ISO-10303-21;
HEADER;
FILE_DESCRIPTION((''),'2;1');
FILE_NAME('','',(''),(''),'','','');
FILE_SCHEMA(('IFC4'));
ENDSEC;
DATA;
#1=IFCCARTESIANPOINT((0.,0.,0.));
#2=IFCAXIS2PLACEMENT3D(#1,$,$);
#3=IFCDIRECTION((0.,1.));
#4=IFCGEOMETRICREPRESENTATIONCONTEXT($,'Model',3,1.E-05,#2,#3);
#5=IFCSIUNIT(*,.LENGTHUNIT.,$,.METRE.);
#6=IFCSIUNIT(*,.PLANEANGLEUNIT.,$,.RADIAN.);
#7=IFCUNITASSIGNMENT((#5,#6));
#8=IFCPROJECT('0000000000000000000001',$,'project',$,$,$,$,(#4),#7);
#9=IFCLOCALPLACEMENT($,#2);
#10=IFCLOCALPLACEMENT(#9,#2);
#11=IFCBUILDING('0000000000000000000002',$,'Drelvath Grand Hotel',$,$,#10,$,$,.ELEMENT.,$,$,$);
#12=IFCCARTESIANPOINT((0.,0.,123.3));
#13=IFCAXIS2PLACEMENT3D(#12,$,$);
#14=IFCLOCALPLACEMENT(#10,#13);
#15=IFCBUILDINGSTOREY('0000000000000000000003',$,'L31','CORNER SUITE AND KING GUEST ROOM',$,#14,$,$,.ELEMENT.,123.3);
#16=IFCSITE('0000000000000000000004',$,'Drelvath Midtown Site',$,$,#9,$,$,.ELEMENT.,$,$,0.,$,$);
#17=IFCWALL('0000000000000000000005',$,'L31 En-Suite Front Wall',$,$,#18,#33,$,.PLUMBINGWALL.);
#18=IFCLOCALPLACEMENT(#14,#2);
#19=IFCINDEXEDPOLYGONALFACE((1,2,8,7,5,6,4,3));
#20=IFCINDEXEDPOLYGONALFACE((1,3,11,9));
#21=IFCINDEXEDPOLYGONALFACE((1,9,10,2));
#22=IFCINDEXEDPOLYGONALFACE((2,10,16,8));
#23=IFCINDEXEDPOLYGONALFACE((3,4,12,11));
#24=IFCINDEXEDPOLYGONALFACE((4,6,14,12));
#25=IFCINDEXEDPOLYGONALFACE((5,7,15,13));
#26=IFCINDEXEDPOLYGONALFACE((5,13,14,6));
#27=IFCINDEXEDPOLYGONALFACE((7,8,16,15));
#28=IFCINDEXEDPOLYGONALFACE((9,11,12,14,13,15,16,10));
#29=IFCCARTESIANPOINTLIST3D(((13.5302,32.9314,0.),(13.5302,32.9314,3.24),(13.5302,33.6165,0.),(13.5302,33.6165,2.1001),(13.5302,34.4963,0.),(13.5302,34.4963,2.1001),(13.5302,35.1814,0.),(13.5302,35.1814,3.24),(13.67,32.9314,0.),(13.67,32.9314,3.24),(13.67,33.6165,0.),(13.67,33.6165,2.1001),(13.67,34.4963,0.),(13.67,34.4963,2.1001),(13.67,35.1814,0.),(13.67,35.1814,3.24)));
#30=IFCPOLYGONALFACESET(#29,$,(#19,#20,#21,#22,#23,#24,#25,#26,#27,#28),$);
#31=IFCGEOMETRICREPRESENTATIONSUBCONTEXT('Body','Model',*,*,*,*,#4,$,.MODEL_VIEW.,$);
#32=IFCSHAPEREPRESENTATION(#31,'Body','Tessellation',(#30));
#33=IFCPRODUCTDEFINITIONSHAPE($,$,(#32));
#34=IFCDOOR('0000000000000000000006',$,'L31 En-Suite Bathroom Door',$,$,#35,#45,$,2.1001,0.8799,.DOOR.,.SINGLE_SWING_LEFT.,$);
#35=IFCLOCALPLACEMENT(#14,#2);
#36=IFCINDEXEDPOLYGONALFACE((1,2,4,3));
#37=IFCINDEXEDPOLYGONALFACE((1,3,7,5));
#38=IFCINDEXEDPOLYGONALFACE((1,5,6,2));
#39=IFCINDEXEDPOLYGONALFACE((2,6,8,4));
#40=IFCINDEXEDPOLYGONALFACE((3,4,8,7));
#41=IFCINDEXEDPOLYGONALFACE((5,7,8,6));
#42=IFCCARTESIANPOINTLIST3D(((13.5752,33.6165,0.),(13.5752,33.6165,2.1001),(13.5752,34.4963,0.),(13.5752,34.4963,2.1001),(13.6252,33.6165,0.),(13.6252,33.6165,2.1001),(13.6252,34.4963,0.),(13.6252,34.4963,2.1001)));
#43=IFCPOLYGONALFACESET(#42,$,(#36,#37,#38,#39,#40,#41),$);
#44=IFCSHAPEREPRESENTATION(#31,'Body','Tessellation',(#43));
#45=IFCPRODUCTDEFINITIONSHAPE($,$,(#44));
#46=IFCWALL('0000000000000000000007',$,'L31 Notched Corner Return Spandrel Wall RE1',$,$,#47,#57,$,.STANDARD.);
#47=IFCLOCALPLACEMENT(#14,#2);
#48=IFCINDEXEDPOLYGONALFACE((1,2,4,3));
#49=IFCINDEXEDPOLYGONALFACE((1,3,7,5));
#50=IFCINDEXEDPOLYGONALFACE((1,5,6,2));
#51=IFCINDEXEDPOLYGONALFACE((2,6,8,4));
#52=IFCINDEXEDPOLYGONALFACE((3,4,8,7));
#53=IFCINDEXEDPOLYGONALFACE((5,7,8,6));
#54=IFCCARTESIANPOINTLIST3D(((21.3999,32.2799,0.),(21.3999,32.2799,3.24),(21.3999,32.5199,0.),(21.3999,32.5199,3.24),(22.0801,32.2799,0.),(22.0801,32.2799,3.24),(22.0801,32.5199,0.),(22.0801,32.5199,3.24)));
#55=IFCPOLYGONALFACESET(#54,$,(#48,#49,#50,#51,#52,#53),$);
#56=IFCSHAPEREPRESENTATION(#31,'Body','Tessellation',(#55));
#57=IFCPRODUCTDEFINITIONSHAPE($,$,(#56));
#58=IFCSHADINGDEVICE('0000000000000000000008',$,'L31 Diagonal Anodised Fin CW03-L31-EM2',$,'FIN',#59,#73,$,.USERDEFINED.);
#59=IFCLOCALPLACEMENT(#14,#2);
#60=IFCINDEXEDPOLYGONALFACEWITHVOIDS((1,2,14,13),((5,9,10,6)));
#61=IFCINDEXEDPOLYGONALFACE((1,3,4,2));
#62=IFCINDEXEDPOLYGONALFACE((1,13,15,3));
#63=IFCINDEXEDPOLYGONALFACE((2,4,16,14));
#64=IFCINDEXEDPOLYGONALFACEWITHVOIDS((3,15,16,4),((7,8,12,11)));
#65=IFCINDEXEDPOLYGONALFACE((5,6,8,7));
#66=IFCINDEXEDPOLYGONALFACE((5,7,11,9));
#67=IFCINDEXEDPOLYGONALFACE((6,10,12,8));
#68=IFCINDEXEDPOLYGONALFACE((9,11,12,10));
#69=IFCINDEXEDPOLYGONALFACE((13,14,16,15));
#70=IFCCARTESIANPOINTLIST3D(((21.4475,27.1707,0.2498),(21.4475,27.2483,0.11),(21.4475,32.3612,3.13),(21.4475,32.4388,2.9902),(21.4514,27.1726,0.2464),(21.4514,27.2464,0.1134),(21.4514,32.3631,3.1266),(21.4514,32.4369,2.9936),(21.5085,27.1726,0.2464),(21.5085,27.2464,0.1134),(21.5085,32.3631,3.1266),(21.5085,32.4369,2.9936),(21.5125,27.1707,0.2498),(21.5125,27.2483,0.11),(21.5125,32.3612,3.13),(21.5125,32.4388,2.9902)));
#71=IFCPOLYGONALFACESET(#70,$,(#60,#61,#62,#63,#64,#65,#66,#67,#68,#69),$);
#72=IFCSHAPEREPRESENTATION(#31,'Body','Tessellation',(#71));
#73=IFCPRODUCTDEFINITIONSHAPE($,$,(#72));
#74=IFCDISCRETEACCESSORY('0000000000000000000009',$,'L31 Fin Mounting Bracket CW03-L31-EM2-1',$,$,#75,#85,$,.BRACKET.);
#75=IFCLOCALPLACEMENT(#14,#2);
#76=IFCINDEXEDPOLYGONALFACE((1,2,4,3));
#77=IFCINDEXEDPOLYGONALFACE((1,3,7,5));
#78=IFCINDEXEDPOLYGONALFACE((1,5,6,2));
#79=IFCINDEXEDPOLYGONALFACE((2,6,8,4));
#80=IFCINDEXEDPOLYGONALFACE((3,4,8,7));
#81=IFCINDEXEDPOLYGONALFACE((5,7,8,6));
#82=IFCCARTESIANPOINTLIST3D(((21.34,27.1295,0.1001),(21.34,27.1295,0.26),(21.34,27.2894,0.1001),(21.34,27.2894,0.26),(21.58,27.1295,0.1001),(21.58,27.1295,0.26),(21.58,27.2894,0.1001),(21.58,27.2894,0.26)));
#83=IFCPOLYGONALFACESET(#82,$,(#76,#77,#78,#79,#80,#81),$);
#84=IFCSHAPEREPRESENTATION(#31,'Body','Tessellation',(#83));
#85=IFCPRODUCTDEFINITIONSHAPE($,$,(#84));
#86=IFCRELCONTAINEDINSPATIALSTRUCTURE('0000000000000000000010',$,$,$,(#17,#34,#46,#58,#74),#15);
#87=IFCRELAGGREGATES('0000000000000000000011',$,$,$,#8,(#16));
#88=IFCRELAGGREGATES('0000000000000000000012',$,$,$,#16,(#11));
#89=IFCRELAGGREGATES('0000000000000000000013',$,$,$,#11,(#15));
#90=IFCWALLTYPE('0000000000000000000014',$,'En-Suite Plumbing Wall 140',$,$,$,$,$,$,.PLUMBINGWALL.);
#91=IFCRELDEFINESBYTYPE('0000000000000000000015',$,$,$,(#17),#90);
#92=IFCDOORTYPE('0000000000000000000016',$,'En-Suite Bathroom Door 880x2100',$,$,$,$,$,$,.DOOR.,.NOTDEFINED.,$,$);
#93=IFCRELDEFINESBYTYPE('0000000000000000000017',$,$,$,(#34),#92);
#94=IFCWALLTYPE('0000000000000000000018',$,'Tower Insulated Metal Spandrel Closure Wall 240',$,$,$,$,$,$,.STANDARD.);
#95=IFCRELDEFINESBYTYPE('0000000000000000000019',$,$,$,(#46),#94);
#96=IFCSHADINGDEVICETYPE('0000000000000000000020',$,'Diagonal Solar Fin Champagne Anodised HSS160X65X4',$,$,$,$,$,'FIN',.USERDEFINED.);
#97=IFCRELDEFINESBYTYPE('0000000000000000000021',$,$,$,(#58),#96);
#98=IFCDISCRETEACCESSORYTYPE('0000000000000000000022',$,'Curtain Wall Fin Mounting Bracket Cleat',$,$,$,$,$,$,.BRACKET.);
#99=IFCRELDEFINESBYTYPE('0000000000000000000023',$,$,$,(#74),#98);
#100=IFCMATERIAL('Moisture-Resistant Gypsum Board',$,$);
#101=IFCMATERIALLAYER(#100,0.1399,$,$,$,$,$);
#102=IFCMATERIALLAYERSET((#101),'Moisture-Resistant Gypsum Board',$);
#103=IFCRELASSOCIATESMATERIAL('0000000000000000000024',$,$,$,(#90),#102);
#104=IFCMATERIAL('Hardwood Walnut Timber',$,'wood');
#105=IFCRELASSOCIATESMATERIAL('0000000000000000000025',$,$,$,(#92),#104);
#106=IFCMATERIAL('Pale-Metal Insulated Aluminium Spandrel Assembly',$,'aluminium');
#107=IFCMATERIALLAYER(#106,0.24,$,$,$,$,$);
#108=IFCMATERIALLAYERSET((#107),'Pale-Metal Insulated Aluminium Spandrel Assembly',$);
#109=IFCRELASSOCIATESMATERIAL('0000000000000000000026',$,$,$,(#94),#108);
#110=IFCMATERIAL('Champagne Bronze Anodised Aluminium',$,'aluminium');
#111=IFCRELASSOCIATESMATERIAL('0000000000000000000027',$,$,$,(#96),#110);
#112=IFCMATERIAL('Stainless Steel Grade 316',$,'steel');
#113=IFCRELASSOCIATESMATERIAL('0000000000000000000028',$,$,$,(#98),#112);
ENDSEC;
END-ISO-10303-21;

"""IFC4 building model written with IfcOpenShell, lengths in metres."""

from ifc_helpers import new_model, si_unit, direction, frame, frame_2d, origin, origin_2d, place, context, subcontext, project, spatial, rectangle, hollow_rectangle, extrude, material, layer, layer_set, material_profile, profile_set, type_object, element, fill, save


model = new_model("IFC4")

# Units and contexts
model_context = context("Model", 3, precision=1e-05, world=origin(), true_north=direction((0.0, 1.0)))
body_context = subcontext(model_context, "Body", "Model", "MODEL_VIEW")
ifc_project = project(units=[si_unit("LENGTHUNIT", "METRE"), si_unit("PLANEANGLEUNIT", "RADIAN")], contexts=[model_context])

# Site, building, storey
site_placement = place(None, origin())
site = spatial("IfcSite", under=ifc_project, at=site_placement, Name="Drelvath Midtown Site", CompositionType="ELEMENT", RefElevation=0.0)
building_placement = place(site_placement, origin())
building = spatial("IfcBuilding", under=site, at=building_placement, Name="Drelvath Grand Hotel", CompositionType="ELEMENT")
storey_placement = place(building_placement, frame((0.0, 0.0, 123.3)))
storey = spatial("IfcBuildingStorey", under=building, at=storey_placement, Name="L31", Description="CORNER SUITE AND KING GUEST ROOM", CompositionType="ELEMENT", Elevation=123.3)

# Wall, opening, door
ifc_material_1 = material(Name="Moisture-Resistant Gypsum Board")
ifc_layer_1 = layer(ifc_material_1, 0.1399)
ifc_layer_set_1 = layer_set([ifc_layer_1], Name="Moisture-Resistant Gypsum Board")
wall_type_1 = type_object("IfcWallType", Name="En-Suite Plumbing Wall 140", PredefinedType="PLUMBINGWALL", material=ifc_layer_set_1)
ifc_material_2 = material(Name="Hardwood Walnut Timber", Category="wood")
door_type = type_object("IfcDoorType", Name="En-Suite Bathroom Door 880x2100", OperationType="NOTDEFINED", PredefinedType="DOOR", material=ifc_material_2)
wall_1_placement = place(storey_placement, frame((13.6001, 32.9314, 0.0), z_axis=(0.0, 0.0, 1.0), x_axis=(0.0, 1.0, 0.0)))
wall_1 = element("IfcWall", 1, at=wall_1_placement, inside=storey, type_object=wall_type_1, Name="L31 En-Suite Front Wall", PredefinedType="PLUMBINGWALL", context=body_context, shape_type="SweptSolid", body=[
    extrude(rectangle(XDim=2.25, YDim=0.1399, at=frame_2d((1.125, 0.0))), origin(), (0.0, 0.0, 1.0), 3.24),
])
opening_1_placement = place(wall_1_placement, frame((0.6851, 0.0, 0.0)))
opening_1 = element("IfcOpeningElement", 2, at=opening_1_placement, cuts=wall_1, PredefinedType="OPENING", context=body_context, shape_type="SweptSolid", body=[
    extrude(rectangle(XDim=0.8799, YDim=2.1001, at=frame_2d((0.4399, 1.05))), frame((0.0, 0.0798, 0.0), z_axis=(0.0, -1.0, 0.0), x_axis=(1.0, 0.0, 0.0)), (0.0, 0.0, 1.0), 0.1599),
])
door_1_placement = place(opening_1_placement, origin())
door_1 = element("IfcDoor", 3, at=door_1_placement, inside=storey, type_object=door_type, Name="L31 En-Suite Bathroom Door", OperationType="SINGLE_SWING_LEFT", OverallHeight=2.1001, OverallWidth=0.8799, PredefinedType="DOOR", context=body_context, shape_type="SweptSolid", body=[
    extrude(rectangle(XDim=0.8799, YDim=2.1001, at=frame_2d((0.4399, 1.05))), frame((0.0, 0.0249, 0.0), z_axis=(0.0, -1.0, 0.0), x_axis=(1.0, 0.0, 0.0)), (0.0, 0.0, 1.0), 0.05),
])
fill(opening_1, door_1)

# Wall
ifc_material_3 = material(Name="Pale-Metal Insulated Aluminium Spandrel Assembly", Category="aluminium")
ifc_layer_2 = layer(ifc_material_3, 0.24)
ifc_layer_set_2 = layer_set([ifc_layer_2], Name="Pale-Metal Insulated Aluminium Spandrel Assembly")
wall_type_2 = type_object("IfcWallType", Name="Tower Insulated Metal Spandrel Closure Wall 240", PredefinedType="STANDARD", material=ifc_layer_set_2)
wall_2_placement = place(storey_placement, frame((22.0801, 32.3999, 0.0), z_axis=(0.0, 0.0, 1.0), x_axis=(-1.0, 0.0, 0.0)))
element("IfcWall", 4, at=wall_2_placement, inside=storey, type_object=wall_type_2, Name="L31 Notched Corner Return Spandrel Wall RE1", PredefinedType="STANDARD", context=body_context, shape_type="SweptSolid", body=[
    extrude(rectangle(XDim=0.6802, YDim=0.24, at=frame_2d((0.3401, 0.0))), origin(), (0.0, 0.0, 1.0), 3.24),
])

# Shading device
ifc_material_4 = material(Name="Champagne Bronze Anodised Aluminium", Category="aluminium")
ifc_material_profile_1 = material_profile(ifc_material_4, hollow_rectangle(XDim=0.0649, YDim=0.1599, WallThickness=0.0039, at=origin_2d()), Name="HSS160X65X4")
ifc_profile_set_1 = profile_set([ifc_material_profile_1], Name="Champagne Bronze Anodised Aluminium")
shading_device_type = type_object("IfcShadingDeviceType", Name="Diagonal Solar Fin Champagne Anodised HSS160X65X4", ElementType="FIN", PredefinedType="USERDEFINED", material=ifc_profile_set_1)
shading_device_placement = place(storey_placement, frame((21.48, 27.2095, 0.1799), z_axis=(0.0, 0.874404, 0.485199), x_axis=(-1.0, 0.0, 0.0)))
element("IfcShadingDevice", 5, at=shading_device_placement, inside=storey, type_object=shading_device_type, Name="L31 Diagonal Anodised Fin CW03-L31-EM2", ObjectType="FIN", PredefinedType="USERDEFINED", context=body_context, shape_type="SweptSolid", body=[
    extrude(hollow_rectangle(XDim=0.0649, YDim=0.1599, WallThickness=0.0039, at=origin_2d()), origin(), (0.0, 0.0, 1.0), 5.936),
])

# Discrete accessory
ifc_material_5 = material(Name="Stainless Steel Grade 316", Category="steel")
discrete_accessory_type = type_object("IfcDiscreteAccessoryType", Name="Curtain Wall Fin Mounting Bracket Cleat", PredefinedType="BRACKET", material=ifc_material_5)
discrete_accessory_placement = place(storey_placement, frame((21.46, 27.2095, 0.1001), z_axis=(0.0, 0.0, 1.0), x_axis=(0.0, -1.0, 0.0)))
element("IfcDiscreteAccessory", 6, at=discrete_accessory_placement, inside=storey, type_object=discrete_accessory_type, Name="L31 Fin Mounting Bracket CW03-L31-EM2-1", PredefinedType="BRACKET", context=body_context, shape_type="SweptSolid", body=[
    extrude(rectangle(XDim=0.1599, YDim=0.24, at=origin_2d()), origin(), (0.0, 0.0, 1.0), 0.1599),
])

save(model, "model.ifc")
